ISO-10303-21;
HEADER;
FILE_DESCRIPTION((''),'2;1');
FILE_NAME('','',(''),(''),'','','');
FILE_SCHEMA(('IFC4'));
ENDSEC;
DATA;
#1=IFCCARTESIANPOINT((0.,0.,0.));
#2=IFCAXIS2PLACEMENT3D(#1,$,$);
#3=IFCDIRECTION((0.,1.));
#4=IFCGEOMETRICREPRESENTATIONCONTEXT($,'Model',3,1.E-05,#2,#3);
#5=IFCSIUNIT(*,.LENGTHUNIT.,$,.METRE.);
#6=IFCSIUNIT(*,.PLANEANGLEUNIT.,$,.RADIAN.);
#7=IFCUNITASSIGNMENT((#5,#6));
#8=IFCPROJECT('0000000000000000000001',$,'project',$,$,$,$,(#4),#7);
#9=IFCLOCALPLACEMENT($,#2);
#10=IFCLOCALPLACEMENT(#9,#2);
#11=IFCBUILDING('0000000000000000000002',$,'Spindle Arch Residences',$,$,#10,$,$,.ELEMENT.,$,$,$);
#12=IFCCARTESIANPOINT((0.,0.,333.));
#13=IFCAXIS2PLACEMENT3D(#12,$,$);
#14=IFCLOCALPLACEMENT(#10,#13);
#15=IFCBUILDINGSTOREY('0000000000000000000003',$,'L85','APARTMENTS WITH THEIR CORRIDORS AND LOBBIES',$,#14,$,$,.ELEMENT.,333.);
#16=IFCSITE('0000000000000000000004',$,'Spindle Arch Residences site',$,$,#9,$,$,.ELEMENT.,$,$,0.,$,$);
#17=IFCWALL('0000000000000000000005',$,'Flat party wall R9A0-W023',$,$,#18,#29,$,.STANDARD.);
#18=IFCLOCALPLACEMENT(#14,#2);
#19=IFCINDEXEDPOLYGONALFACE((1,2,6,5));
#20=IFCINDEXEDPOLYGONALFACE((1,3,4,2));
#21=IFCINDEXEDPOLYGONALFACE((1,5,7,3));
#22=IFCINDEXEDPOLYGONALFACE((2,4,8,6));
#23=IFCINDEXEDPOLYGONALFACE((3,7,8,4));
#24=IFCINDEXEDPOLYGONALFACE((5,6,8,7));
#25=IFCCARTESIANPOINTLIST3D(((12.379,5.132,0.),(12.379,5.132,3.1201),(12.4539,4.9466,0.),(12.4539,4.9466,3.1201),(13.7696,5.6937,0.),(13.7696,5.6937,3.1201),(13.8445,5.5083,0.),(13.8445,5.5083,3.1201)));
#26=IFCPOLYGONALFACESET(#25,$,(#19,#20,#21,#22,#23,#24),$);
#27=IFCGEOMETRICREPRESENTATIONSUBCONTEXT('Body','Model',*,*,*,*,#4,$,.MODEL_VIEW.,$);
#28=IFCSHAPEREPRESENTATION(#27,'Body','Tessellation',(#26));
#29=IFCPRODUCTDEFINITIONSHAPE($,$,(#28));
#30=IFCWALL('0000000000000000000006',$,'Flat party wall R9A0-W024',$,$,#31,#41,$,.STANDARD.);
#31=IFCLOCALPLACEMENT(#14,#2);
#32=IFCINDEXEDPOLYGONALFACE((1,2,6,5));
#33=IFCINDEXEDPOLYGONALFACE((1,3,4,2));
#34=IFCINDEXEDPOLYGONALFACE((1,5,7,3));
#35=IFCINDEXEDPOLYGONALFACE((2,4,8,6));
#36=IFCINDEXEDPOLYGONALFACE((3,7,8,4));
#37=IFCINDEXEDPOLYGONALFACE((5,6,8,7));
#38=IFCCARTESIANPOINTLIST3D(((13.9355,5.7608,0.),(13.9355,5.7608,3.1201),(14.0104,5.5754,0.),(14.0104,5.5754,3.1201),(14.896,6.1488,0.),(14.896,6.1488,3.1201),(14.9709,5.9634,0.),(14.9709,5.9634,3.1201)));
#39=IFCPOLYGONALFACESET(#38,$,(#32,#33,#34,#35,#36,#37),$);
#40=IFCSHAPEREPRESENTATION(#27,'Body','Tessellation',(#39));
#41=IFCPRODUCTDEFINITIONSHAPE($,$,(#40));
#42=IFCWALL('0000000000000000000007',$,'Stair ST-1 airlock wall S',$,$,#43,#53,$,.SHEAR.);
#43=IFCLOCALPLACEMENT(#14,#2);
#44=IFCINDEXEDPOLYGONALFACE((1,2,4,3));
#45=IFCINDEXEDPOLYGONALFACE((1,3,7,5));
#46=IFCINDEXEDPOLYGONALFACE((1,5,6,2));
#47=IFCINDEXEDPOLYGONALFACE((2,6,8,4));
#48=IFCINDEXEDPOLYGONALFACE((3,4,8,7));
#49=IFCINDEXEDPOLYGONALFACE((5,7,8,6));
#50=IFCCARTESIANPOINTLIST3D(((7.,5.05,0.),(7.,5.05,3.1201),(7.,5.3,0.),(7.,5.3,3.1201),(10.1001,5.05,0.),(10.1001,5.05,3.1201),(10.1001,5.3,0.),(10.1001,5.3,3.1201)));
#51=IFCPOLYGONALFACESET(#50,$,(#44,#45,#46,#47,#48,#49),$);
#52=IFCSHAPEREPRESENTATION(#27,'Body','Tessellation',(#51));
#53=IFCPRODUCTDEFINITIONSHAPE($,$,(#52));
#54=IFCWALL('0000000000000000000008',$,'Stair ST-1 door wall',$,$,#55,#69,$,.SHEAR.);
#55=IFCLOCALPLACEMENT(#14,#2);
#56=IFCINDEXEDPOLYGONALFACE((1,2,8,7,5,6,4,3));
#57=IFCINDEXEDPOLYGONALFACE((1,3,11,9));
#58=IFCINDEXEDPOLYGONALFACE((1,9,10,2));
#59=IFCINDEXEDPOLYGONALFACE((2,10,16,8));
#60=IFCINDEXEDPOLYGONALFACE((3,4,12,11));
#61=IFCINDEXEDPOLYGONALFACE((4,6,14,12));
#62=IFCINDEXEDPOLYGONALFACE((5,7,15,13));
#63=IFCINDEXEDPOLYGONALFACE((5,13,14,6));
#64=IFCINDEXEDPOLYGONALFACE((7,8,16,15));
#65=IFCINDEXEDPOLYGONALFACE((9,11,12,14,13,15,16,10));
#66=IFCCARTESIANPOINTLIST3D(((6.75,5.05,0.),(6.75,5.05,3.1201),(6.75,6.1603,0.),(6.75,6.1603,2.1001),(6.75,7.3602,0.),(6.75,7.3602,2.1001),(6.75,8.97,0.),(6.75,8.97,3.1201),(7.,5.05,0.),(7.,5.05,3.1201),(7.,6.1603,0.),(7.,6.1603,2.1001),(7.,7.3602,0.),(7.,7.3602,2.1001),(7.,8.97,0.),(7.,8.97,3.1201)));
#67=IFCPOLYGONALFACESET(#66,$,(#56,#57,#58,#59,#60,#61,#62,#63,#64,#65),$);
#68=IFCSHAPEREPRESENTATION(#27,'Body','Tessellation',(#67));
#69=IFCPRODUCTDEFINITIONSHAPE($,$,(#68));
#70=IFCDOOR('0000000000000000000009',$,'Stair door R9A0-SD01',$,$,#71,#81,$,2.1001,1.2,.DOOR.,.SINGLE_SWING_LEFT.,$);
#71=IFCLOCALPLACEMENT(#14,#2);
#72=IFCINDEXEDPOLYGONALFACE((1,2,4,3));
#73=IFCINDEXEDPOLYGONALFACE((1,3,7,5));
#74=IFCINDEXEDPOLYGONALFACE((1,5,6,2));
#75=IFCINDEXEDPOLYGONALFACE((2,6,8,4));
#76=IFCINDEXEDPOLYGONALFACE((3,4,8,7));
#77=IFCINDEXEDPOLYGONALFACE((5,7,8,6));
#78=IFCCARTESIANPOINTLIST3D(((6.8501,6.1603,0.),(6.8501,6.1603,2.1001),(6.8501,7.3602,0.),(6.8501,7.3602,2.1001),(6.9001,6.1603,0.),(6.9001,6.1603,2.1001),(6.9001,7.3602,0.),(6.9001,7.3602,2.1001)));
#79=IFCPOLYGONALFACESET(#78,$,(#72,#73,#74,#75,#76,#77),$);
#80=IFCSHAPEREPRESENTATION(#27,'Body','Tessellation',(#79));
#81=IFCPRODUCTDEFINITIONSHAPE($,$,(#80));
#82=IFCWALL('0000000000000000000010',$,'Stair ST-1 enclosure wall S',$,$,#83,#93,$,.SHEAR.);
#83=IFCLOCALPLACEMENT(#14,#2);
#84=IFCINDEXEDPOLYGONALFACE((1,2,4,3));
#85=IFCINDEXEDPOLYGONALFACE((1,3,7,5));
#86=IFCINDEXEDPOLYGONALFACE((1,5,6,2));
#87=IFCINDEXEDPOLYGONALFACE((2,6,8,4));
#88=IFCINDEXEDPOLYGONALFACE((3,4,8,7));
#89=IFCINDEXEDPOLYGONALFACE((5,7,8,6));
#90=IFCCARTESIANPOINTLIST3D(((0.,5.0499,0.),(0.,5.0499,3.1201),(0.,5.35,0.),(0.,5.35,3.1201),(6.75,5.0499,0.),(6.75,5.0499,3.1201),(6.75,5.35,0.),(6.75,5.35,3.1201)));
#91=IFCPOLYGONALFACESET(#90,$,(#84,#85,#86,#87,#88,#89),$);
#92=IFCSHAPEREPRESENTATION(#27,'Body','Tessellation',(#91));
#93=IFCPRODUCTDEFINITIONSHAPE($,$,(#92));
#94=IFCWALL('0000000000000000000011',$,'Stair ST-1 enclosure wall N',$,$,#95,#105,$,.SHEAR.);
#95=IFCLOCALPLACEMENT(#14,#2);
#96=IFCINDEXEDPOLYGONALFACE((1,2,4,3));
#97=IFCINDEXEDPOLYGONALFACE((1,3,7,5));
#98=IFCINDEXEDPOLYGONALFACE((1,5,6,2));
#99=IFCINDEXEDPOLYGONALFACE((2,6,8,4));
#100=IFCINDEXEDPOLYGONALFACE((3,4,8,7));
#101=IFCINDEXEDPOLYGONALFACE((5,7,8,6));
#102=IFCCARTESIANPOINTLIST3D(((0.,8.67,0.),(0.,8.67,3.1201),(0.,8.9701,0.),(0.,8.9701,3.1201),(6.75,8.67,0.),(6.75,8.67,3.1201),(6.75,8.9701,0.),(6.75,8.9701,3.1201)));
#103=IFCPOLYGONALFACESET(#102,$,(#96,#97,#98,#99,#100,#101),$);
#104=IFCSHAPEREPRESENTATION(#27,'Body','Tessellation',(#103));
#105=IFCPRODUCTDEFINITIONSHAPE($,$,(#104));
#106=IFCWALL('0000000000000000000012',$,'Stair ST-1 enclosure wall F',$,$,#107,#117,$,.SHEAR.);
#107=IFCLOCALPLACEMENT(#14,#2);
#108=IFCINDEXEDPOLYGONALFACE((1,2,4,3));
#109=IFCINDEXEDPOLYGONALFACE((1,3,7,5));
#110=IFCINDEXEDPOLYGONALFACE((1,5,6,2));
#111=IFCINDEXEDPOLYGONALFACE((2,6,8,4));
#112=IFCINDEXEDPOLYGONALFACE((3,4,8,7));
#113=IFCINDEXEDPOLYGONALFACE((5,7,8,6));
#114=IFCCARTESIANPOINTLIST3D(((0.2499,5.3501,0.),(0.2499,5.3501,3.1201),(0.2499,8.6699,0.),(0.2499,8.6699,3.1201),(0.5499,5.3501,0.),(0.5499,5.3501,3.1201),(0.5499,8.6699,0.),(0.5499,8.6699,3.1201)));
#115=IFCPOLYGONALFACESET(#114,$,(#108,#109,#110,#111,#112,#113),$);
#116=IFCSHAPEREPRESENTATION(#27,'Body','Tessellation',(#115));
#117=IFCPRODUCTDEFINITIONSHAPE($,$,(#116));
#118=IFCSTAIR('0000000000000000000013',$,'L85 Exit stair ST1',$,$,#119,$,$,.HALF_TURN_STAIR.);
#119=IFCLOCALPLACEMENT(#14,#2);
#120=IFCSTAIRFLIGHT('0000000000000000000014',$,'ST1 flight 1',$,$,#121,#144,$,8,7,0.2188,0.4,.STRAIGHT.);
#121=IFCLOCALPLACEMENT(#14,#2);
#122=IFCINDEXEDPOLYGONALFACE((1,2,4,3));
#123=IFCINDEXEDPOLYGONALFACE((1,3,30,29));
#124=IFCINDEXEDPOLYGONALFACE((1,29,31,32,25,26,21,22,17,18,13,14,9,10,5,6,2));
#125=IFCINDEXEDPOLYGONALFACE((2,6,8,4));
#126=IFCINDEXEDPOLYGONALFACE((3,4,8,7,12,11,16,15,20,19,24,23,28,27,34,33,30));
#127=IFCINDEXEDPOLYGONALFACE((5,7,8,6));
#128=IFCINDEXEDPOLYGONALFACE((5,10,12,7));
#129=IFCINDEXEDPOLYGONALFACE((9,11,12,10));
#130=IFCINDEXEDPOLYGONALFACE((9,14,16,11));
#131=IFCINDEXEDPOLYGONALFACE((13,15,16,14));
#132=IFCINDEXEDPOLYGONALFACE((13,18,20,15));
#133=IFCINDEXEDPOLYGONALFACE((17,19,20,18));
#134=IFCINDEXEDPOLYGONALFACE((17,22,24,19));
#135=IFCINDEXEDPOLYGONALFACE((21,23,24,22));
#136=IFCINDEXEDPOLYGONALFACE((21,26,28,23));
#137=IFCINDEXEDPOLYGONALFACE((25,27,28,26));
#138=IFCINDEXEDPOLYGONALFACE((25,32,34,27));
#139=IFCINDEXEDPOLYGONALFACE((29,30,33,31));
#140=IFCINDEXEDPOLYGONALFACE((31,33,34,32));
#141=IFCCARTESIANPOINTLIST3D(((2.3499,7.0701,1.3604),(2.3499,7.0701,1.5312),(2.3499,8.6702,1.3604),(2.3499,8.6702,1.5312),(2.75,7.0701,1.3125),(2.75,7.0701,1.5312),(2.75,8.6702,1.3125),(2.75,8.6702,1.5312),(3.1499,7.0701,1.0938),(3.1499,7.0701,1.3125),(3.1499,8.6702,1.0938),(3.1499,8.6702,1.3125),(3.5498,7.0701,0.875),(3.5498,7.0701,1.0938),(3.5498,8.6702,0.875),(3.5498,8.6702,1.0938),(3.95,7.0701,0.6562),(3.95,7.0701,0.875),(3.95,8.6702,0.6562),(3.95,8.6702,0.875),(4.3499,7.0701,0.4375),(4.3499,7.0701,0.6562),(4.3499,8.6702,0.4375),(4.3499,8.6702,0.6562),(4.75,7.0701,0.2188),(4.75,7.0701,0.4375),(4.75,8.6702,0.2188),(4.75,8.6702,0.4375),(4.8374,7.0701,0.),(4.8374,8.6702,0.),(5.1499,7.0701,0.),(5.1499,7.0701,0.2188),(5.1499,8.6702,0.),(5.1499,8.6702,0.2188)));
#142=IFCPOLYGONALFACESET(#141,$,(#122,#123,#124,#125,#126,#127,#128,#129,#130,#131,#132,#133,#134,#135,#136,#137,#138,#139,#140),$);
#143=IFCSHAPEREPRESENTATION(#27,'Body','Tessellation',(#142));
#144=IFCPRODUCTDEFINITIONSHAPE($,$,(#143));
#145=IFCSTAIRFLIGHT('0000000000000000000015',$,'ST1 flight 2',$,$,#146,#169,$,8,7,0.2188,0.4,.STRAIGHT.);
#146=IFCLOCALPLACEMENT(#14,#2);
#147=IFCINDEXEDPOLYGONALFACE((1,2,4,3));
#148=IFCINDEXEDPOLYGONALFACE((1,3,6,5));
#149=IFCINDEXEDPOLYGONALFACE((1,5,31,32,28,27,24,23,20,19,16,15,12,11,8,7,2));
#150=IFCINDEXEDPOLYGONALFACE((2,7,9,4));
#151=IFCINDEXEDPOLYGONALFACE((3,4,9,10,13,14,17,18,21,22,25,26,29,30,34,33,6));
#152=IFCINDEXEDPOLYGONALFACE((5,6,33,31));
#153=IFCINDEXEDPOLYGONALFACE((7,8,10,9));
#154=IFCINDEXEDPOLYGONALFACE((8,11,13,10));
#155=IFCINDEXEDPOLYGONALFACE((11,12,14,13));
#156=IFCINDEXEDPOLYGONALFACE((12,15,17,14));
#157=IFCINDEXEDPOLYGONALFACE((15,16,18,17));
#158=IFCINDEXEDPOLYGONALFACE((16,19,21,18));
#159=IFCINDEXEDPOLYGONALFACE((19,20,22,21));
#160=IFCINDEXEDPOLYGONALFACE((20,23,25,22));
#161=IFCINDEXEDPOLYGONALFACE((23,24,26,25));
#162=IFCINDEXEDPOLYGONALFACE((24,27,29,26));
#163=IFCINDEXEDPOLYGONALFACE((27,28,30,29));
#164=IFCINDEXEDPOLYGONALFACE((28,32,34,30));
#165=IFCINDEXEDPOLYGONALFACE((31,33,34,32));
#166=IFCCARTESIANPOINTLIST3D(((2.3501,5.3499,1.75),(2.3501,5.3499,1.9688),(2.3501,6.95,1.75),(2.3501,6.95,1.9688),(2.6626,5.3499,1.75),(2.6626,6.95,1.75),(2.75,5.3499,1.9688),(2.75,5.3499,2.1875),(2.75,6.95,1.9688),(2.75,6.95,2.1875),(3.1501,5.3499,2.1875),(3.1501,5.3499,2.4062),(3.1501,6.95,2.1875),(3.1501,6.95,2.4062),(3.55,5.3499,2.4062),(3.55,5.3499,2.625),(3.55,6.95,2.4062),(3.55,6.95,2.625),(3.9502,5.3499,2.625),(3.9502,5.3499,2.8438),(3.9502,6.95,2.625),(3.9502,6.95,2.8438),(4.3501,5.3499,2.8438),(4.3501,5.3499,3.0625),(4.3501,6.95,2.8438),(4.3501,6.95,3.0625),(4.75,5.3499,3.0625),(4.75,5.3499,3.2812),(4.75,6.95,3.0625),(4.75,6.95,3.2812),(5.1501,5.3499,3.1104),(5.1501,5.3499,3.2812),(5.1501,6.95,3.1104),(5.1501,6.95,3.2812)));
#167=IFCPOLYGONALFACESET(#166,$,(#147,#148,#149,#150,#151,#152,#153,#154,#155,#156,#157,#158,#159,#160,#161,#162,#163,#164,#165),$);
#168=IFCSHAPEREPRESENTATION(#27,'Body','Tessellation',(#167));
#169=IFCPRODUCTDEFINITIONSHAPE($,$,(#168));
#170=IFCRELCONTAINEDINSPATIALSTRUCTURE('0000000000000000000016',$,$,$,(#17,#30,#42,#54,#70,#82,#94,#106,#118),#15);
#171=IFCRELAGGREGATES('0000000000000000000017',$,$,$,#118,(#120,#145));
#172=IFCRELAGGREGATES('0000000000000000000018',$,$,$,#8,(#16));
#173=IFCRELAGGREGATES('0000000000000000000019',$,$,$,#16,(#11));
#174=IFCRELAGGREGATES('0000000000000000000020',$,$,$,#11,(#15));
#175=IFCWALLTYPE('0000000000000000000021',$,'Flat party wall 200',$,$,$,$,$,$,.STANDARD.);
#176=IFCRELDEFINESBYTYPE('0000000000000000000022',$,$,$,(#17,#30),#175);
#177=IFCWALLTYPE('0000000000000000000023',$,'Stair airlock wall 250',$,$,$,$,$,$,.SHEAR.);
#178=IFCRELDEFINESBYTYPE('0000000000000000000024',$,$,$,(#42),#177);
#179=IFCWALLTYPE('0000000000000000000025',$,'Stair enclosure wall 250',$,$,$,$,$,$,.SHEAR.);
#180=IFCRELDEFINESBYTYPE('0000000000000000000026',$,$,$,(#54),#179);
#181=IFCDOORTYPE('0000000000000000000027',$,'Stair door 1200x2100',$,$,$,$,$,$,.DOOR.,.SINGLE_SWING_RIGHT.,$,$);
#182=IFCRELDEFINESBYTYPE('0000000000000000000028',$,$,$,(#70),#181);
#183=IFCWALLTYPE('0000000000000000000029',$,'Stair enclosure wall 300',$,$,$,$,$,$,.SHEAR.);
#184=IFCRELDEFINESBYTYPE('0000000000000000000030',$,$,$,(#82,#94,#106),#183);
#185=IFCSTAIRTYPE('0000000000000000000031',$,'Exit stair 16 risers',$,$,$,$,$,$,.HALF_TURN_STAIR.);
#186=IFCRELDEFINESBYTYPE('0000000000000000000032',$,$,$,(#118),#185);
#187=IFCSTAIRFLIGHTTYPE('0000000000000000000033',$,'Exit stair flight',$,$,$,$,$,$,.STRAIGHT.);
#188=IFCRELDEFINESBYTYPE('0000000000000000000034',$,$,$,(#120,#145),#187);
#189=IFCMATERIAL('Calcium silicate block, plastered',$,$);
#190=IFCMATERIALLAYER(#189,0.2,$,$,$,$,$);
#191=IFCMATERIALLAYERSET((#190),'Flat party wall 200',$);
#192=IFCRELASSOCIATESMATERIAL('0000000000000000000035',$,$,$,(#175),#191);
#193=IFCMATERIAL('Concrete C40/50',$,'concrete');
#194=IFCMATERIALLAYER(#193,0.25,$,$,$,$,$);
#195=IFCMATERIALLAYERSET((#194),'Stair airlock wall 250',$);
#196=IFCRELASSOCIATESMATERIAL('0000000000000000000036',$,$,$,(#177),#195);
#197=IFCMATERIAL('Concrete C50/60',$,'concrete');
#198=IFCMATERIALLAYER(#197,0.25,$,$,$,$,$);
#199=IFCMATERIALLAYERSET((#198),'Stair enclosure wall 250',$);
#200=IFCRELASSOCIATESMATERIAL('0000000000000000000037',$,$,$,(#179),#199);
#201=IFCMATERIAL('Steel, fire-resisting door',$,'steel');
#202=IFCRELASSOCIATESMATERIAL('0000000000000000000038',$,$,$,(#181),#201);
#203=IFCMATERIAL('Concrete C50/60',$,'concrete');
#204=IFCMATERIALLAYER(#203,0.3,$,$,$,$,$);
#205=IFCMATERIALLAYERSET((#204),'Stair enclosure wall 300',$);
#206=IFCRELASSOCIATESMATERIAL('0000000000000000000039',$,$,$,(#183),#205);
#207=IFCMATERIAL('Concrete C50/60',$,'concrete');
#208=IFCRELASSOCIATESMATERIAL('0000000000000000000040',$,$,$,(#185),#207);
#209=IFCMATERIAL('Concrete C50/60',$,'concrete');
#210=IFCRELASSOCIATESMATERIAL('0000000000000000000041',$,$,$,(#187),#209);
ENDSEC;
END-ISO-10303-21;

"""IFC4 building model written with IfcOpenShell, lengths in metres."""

from ifc_helpers import new_model, si_unit, direction, frame, frame_2d, origin, place, context, subcontext, project, spatial, polyline, rectangle, outline, extrude, material, layer, layer_set, type_object, element, fill, aggregate, save


model = new_model("IFC4")

# Units and contexts
model_context = context("Model", 3, precision=1e-05, world=origin(), true_north=direction((0.0, 1.0)))
body_context = subcontext(model_context, "Body", "Model", "MODEL_VIEW")
ifc_project = project(units=[si_unit("LENGTHUNIT", "METRE"), si_unit("PLANEANGLEUNIT", "RADIAN")], contexts=[model_context])

# Site, building, storey
site_placement = place(None, origin())
site = spatial("IfcSite", under=ifc_project, at=site_placement, Name="Spindle Arch Residences site", CompositionType="ELEMENT", RefElevation=0.0)
building_placement = place(site_placement, origin())
building = spatial("IfcBuilding", under=site, at=building_placement, Name="Spindle Arch Residences", CompositionType="ELEMENT")
storey_placement = place(building_placement, frame((0.0, 0.0, 333.0)))
storey = spatial("IfcBuildingStorey", under=building, at=storey_placement, Name="L85", Description="APARTMENTS WITH THEIR CORRIDORS AND LOBBIES", CompositionType="ELEMENT", Elevation=333.0)

# Walls
ifc_material_1 = material(Name="Calcium silicate block, plastered")
ifc_layer_1 = layer(ifc_material_1, 0.2)
ifc_layer_set_1 = layer_set([ifc_layer_1], Name="Flat party wall 200")
wall_type_1 = type_object("IfcWallType", Name="Flat party wall 200", PredefinedType="STANDARD", material=ifc_layer_set_1)
wall_1_placement = place(storey_placement, frame((13.8071, 5.6011, 0.0), z_axis=(0.0, 0.0, 1.0), x_axis=(-0.927203, -0.37456, 0.0)))
element("IfcWall", 1, at=wall_1_placement, inside=storey, type_object=wall_type_1, Name="Flat party wall R9A0-W023", PredefinedType="STANDARD", context=body_context, shape_type="SweptSolid", body=[
    extrude(rectangle(XDim=1.4998, YDim=0.2, at=frame_2d((0.75, 0.0))), origin(), (0.0, 0.0, 1.0), 3.1201),
])
wall_2_placement = place(storey_placement, frame((14.9336, 6.0562, 0.0), z_axis=(0.0, 0.0, 1.0), x_axis=(-0.92722, -0.374518, 0.0)))
element("IfcWall", 2, at=wall_2_placement, inside=storey, type_object=wall_type_1, Name="Flat party wall R9A0-W024", PredefinedType="STANDARD", context=body_context, shape_type="SweptSolid", body=[
    extrude(rectangle(XDim=1.0359, YDim=0.2, at=frame_2d((0.5181, 0.0))), origin(), (0.0, 0.0, 1.0), 3.1201),
])
ifc_material_2 = material(Name="Concrete C40/50", Category="concrete")
ifc_layer_2 = layer(ifc_material_2, 0.25)
ifc_layer_set_2 = layer_set([ifc_layer_2], Name="Stair airlock wall 250")
wall_type_2 = type_object("IfcWallType", Name="Stair airlock wall 250", PredefinedType="SHEAR", material=ifc_layer_set_2)
wall_3_placement = place(storey_placement, frame((7.0, 5.175, 0.0), z_axis=(0.0, 0.0, 1.0), x_axis=(1.0, 0.0, 0.0)))
element("IfcWall", 3, at=wall_3_placement, inside=storey, type_object=wall_type_2, Name="Stair ST-1 airlock wall S", PredefinedType="SHEAR", context=body_context, shape_type="SweptSolid", body=[
    extrude(rectangle(XDim=3.1001, YDim=0.25, at=frame_2d((1.55, 0.0))), origin(), (0.0, 0.0, 1.0), 3.1201),
])

# Wall, opening, door
ifc_material_3 = material(Name="Concrete C50/60", Category="concrete")
ifc_layer_3 = layer(ifc_material_3, 0.25)
ifc_layer_set_3 = layer_set([ifc_layer_3], Name="Stair enclosure wall 250")
wall_type_3 = type_object("IfcWallType", Name="Stair enclosure wall 250", PredefinedType="SHEAR", material=ifc_layer_set_3)
wall_4_placement = place(storey_placement, frame((6.875, 5.05, 0.0), z_axis=(0.0, 0.0, 1.0), x_axis=(0.0, 1.0, 0.0)))
wall_4 = element("IfcWall", 4, at=wall_4_placement, inside=storey, type_object=wall_type_3, Name="Stair ST-1 door wall", PredefinedType="SHEAR", context=body_context, shape_type="SweptSolid", body=[
    extrude(rectangle(XDim=3.9199, YDim=0.25, at=frame_2d((1.96, 0.0))), origin(), (0.0, 0.0, 1.0), 3.1201),
])
opening_1_placement = place(wall_4_placement, frame((1.1101, 0.0, 0.0)))
opening_1 = element("IfcOpeningElement", 5, at=opening_1_placement, cuts=wall_4, PredefinedType="OPENING", context=body_context, shape_type="SweptSolid", body=[
    extrude(rectangle(XDim=1.2, YDim=2.1001, at=frame_2d((0.6001, 1.05))), frame((0.0, 0.135, 0.0), z_axis=(0.0, -1.0, 0.0), x_axis=(1.0, 0.0, 0.0)), (0.0, 0.0, 1.0), 0.27),
])
ifc_material_4 = material(Name="Steel, fire-resisting door", Category="steel")
door_type_1 = type_object("IfcDoorType", Name="Stair door 1200x2100", OperationType="SINGLE_SWING_RIGHT", PredefinedType="DOOR", material=ifc_material_4)
door_1_placement = place(opening_1_placement, origin())
door_1 = element("IfcDoor", 6, at=door_1_placement, inside=storey, type_object=door_type_1, Name="Stair door R9A0-SD01", OperationType="SINGLE_SWING_LEFT", OverallHeight=2.1001, OverallWidth=1.2, PredefinedType="DOOR", context=body_context, shape_type="SweptSolid", body=[
    extrude(rectangle(XDim=1.2, YDim=2.1001, at=frame_2d((0.6001, 1.05))), frame((0.0, 0.0249, 0.0), z_axis=(0.0, -1.0, 0.0), x_axis=(1.0, 0.0, 0.0)), (0.0, 0.0, 1.0), 0.05),
])
fill(opening_1, door_1)

# Walls
ifc_material_5 = material(Name="Concrete C50/60", Category="concrete")
ifc_layer_4 = layer(ifc_material_5, 0.3)
ifc_layer_set_4 = layer_set([ifc_layer_4], Name="Stair enclosure wall 300")
wall_type_4 = type_object("IfcWallType", Name="Stair enclosure wall 300", PredefinedType="SHEAR", material=ifc_layer_set_4)
for number, where, z_axis, x_axis, name in (
    (7, (0.0, 5.2, 0.0), (0.0, 0.0, 1.0), (1.0, 0.0, 0.0), "Stair ST-1 enclosure wall S"),
    (8, (0.0, 8.8201, 0.0), (0.0, 0.0, 1.0), (1.0, 0.0, 0.0), "Stair ST-1 enclosure wall N"),
):
    element("IfcWall", number, at=place(storey_placement, frame(where, z_axis=z_axis, x_axis=x_axis)), inside=storey, type_object=wall_type_4, Name=name, PredefinedType="SHEAR", context=body_context, shape_type="SweptSolid", body=[
        extrude(rectangle(XDim=6.75, YDim=0.3, at=frame_2d((3.375, 0.0))), origin(), (0.0, 0.0, 1.0), 3.1201),
    ])
wall_5_placement = place(storey_placement, frame((0.3999, 5.3501, 0.0), z_axis=(0.0, 0.0, 1.0), x_axis=(0.0, 1.0, 0.0)))
element("IfcWall", 9, at=wall_5_placement, inside=storey, type_object=wall_type_4, Name="Stair ST-1 enclosure wall F", PredefinedType="SHEAR", context=body_context, shape_type="SweptSolid", body=[
    extrude(rectangle(XDim=3.3198, YDim=0.3, at=frame_2d((1.6599, 0.0))), origin(), (0.0, 0.0, 1.0), 3.1201),
])

# Stair, stair flights
ifc_material_6 = material(Name="Concrete C50/60", Category="concrete")
stair_type = type_object("IfcStairType", Name="Exit stair 16 risers", PredefinedType="HALF_TURN_STAIR", material=ifc_material_6)
stair_placement = place(storey_placement, origin())
stair = element("IfcStair", 10, at=stair_placement, inside=storey, type_object=stair_type, Name="L85 Exit stair ST1", PredefinedType="HALF_TURN_STAIR")
ifc_material_7 = material(Name="Concrete C50/60", Category="concrete")
stair_flight_type = type_object("IfcStairFlightType", Name="Exit stair flight", PredefinedType="STRAIGHT", material=ifc_material_7)
stair_flight_1_placement = place(storey_placement, frame((5.1499, 7.8701, 0.0), z_axis=(0.0, 0.0, 1.0), x_axis=(-1.0, 0.0, 0.0)))
stair_flight_1 = element("IfcStairFlight", 11, at=stair_flight_1_placement, type_object=stair_flight_type, Name="ST1 flight 1", NumberOfRisers=8, NumberOfTreads=7, PredefinedType="STRAIGHT", RiserHeight=0.2188, TreadLength=0.4, context=body_context, shape_type="SweptSolid", body=[
    extrude(outline(polyline([(0.0, 0.0), (0.0, 0.2188), (0.3999, 0.2188), (0.3999, 0.4375), (0.8, 0.4375), (0.8, 0.6562), (1.2, 0.6562), (1.2, 0.875), (1.6001, 0.875), (1.6001, 1.0938), (2.0, 1.0938), (2.0, 1.3125), (2.3999, 1.3125), (2.3999, 1.5312), (2.8, 1.5312), (2.8, 1.75), (2.8, 1.3604), (0.3125, 0.0), (0.0, 0.0)])), frame((0.0, 0.8, 0.0), z_axis=(0.0, -1.0, 0.0), x_axis=(1.0, 0.0, 0.0)), (0.0, 0.0, 1.0), 1.6001),
])
stair_flight_2_placement = place(storey_placement, frame((2.3501, 6.1499, 1.75), z_axis=(0.0, 0.0, 1.0), x_axis=(1.0, 0.0, 0.0)))
stair_flight_2 = element("IfcStairFlight", 12, at=stair_flight_2_placement, type_object=stair_flight_type, Name="ST1 flight 2", NumberOfRisers=8, NumberOfTreads=7, PredefinedType="STRAIGHT", RiserHeight=0.2188, TreadLength=0.4, context=body_context, shape_type="SweptSolid", body=[
    extrude(outline(polyline([(0.0, 0.0), (0.0, 0.2188), (0.3999, 0.2188), (0.3999, 0.4375), (0.8, 0.4375), (0.8, 0.6562), (1.2, 0.6562), (1.2, 0.875), (1.6001, 0.875), (1.6001, 1.0938), (2.0, 1.0938), (2.0, 1.3125), (2.3999, 1.3125), (2.3999, 1.5312), (2.8, 1.5312), (2.8, 1.75), (2.8, 1.3604), (0.3125, 0.0), (0.0, 0.0)])), frame((0.0, 0.8, 0.0), z_axis=(0.0, -1.0, 0.0), x_axis=(1.0, 0.0, 0.0)), (0.0, 0.0, 1.0), 1.6001),
])
aggregate(stair, [stair_flight_1, stair_flight_2])

save(model, "model.ifc")
